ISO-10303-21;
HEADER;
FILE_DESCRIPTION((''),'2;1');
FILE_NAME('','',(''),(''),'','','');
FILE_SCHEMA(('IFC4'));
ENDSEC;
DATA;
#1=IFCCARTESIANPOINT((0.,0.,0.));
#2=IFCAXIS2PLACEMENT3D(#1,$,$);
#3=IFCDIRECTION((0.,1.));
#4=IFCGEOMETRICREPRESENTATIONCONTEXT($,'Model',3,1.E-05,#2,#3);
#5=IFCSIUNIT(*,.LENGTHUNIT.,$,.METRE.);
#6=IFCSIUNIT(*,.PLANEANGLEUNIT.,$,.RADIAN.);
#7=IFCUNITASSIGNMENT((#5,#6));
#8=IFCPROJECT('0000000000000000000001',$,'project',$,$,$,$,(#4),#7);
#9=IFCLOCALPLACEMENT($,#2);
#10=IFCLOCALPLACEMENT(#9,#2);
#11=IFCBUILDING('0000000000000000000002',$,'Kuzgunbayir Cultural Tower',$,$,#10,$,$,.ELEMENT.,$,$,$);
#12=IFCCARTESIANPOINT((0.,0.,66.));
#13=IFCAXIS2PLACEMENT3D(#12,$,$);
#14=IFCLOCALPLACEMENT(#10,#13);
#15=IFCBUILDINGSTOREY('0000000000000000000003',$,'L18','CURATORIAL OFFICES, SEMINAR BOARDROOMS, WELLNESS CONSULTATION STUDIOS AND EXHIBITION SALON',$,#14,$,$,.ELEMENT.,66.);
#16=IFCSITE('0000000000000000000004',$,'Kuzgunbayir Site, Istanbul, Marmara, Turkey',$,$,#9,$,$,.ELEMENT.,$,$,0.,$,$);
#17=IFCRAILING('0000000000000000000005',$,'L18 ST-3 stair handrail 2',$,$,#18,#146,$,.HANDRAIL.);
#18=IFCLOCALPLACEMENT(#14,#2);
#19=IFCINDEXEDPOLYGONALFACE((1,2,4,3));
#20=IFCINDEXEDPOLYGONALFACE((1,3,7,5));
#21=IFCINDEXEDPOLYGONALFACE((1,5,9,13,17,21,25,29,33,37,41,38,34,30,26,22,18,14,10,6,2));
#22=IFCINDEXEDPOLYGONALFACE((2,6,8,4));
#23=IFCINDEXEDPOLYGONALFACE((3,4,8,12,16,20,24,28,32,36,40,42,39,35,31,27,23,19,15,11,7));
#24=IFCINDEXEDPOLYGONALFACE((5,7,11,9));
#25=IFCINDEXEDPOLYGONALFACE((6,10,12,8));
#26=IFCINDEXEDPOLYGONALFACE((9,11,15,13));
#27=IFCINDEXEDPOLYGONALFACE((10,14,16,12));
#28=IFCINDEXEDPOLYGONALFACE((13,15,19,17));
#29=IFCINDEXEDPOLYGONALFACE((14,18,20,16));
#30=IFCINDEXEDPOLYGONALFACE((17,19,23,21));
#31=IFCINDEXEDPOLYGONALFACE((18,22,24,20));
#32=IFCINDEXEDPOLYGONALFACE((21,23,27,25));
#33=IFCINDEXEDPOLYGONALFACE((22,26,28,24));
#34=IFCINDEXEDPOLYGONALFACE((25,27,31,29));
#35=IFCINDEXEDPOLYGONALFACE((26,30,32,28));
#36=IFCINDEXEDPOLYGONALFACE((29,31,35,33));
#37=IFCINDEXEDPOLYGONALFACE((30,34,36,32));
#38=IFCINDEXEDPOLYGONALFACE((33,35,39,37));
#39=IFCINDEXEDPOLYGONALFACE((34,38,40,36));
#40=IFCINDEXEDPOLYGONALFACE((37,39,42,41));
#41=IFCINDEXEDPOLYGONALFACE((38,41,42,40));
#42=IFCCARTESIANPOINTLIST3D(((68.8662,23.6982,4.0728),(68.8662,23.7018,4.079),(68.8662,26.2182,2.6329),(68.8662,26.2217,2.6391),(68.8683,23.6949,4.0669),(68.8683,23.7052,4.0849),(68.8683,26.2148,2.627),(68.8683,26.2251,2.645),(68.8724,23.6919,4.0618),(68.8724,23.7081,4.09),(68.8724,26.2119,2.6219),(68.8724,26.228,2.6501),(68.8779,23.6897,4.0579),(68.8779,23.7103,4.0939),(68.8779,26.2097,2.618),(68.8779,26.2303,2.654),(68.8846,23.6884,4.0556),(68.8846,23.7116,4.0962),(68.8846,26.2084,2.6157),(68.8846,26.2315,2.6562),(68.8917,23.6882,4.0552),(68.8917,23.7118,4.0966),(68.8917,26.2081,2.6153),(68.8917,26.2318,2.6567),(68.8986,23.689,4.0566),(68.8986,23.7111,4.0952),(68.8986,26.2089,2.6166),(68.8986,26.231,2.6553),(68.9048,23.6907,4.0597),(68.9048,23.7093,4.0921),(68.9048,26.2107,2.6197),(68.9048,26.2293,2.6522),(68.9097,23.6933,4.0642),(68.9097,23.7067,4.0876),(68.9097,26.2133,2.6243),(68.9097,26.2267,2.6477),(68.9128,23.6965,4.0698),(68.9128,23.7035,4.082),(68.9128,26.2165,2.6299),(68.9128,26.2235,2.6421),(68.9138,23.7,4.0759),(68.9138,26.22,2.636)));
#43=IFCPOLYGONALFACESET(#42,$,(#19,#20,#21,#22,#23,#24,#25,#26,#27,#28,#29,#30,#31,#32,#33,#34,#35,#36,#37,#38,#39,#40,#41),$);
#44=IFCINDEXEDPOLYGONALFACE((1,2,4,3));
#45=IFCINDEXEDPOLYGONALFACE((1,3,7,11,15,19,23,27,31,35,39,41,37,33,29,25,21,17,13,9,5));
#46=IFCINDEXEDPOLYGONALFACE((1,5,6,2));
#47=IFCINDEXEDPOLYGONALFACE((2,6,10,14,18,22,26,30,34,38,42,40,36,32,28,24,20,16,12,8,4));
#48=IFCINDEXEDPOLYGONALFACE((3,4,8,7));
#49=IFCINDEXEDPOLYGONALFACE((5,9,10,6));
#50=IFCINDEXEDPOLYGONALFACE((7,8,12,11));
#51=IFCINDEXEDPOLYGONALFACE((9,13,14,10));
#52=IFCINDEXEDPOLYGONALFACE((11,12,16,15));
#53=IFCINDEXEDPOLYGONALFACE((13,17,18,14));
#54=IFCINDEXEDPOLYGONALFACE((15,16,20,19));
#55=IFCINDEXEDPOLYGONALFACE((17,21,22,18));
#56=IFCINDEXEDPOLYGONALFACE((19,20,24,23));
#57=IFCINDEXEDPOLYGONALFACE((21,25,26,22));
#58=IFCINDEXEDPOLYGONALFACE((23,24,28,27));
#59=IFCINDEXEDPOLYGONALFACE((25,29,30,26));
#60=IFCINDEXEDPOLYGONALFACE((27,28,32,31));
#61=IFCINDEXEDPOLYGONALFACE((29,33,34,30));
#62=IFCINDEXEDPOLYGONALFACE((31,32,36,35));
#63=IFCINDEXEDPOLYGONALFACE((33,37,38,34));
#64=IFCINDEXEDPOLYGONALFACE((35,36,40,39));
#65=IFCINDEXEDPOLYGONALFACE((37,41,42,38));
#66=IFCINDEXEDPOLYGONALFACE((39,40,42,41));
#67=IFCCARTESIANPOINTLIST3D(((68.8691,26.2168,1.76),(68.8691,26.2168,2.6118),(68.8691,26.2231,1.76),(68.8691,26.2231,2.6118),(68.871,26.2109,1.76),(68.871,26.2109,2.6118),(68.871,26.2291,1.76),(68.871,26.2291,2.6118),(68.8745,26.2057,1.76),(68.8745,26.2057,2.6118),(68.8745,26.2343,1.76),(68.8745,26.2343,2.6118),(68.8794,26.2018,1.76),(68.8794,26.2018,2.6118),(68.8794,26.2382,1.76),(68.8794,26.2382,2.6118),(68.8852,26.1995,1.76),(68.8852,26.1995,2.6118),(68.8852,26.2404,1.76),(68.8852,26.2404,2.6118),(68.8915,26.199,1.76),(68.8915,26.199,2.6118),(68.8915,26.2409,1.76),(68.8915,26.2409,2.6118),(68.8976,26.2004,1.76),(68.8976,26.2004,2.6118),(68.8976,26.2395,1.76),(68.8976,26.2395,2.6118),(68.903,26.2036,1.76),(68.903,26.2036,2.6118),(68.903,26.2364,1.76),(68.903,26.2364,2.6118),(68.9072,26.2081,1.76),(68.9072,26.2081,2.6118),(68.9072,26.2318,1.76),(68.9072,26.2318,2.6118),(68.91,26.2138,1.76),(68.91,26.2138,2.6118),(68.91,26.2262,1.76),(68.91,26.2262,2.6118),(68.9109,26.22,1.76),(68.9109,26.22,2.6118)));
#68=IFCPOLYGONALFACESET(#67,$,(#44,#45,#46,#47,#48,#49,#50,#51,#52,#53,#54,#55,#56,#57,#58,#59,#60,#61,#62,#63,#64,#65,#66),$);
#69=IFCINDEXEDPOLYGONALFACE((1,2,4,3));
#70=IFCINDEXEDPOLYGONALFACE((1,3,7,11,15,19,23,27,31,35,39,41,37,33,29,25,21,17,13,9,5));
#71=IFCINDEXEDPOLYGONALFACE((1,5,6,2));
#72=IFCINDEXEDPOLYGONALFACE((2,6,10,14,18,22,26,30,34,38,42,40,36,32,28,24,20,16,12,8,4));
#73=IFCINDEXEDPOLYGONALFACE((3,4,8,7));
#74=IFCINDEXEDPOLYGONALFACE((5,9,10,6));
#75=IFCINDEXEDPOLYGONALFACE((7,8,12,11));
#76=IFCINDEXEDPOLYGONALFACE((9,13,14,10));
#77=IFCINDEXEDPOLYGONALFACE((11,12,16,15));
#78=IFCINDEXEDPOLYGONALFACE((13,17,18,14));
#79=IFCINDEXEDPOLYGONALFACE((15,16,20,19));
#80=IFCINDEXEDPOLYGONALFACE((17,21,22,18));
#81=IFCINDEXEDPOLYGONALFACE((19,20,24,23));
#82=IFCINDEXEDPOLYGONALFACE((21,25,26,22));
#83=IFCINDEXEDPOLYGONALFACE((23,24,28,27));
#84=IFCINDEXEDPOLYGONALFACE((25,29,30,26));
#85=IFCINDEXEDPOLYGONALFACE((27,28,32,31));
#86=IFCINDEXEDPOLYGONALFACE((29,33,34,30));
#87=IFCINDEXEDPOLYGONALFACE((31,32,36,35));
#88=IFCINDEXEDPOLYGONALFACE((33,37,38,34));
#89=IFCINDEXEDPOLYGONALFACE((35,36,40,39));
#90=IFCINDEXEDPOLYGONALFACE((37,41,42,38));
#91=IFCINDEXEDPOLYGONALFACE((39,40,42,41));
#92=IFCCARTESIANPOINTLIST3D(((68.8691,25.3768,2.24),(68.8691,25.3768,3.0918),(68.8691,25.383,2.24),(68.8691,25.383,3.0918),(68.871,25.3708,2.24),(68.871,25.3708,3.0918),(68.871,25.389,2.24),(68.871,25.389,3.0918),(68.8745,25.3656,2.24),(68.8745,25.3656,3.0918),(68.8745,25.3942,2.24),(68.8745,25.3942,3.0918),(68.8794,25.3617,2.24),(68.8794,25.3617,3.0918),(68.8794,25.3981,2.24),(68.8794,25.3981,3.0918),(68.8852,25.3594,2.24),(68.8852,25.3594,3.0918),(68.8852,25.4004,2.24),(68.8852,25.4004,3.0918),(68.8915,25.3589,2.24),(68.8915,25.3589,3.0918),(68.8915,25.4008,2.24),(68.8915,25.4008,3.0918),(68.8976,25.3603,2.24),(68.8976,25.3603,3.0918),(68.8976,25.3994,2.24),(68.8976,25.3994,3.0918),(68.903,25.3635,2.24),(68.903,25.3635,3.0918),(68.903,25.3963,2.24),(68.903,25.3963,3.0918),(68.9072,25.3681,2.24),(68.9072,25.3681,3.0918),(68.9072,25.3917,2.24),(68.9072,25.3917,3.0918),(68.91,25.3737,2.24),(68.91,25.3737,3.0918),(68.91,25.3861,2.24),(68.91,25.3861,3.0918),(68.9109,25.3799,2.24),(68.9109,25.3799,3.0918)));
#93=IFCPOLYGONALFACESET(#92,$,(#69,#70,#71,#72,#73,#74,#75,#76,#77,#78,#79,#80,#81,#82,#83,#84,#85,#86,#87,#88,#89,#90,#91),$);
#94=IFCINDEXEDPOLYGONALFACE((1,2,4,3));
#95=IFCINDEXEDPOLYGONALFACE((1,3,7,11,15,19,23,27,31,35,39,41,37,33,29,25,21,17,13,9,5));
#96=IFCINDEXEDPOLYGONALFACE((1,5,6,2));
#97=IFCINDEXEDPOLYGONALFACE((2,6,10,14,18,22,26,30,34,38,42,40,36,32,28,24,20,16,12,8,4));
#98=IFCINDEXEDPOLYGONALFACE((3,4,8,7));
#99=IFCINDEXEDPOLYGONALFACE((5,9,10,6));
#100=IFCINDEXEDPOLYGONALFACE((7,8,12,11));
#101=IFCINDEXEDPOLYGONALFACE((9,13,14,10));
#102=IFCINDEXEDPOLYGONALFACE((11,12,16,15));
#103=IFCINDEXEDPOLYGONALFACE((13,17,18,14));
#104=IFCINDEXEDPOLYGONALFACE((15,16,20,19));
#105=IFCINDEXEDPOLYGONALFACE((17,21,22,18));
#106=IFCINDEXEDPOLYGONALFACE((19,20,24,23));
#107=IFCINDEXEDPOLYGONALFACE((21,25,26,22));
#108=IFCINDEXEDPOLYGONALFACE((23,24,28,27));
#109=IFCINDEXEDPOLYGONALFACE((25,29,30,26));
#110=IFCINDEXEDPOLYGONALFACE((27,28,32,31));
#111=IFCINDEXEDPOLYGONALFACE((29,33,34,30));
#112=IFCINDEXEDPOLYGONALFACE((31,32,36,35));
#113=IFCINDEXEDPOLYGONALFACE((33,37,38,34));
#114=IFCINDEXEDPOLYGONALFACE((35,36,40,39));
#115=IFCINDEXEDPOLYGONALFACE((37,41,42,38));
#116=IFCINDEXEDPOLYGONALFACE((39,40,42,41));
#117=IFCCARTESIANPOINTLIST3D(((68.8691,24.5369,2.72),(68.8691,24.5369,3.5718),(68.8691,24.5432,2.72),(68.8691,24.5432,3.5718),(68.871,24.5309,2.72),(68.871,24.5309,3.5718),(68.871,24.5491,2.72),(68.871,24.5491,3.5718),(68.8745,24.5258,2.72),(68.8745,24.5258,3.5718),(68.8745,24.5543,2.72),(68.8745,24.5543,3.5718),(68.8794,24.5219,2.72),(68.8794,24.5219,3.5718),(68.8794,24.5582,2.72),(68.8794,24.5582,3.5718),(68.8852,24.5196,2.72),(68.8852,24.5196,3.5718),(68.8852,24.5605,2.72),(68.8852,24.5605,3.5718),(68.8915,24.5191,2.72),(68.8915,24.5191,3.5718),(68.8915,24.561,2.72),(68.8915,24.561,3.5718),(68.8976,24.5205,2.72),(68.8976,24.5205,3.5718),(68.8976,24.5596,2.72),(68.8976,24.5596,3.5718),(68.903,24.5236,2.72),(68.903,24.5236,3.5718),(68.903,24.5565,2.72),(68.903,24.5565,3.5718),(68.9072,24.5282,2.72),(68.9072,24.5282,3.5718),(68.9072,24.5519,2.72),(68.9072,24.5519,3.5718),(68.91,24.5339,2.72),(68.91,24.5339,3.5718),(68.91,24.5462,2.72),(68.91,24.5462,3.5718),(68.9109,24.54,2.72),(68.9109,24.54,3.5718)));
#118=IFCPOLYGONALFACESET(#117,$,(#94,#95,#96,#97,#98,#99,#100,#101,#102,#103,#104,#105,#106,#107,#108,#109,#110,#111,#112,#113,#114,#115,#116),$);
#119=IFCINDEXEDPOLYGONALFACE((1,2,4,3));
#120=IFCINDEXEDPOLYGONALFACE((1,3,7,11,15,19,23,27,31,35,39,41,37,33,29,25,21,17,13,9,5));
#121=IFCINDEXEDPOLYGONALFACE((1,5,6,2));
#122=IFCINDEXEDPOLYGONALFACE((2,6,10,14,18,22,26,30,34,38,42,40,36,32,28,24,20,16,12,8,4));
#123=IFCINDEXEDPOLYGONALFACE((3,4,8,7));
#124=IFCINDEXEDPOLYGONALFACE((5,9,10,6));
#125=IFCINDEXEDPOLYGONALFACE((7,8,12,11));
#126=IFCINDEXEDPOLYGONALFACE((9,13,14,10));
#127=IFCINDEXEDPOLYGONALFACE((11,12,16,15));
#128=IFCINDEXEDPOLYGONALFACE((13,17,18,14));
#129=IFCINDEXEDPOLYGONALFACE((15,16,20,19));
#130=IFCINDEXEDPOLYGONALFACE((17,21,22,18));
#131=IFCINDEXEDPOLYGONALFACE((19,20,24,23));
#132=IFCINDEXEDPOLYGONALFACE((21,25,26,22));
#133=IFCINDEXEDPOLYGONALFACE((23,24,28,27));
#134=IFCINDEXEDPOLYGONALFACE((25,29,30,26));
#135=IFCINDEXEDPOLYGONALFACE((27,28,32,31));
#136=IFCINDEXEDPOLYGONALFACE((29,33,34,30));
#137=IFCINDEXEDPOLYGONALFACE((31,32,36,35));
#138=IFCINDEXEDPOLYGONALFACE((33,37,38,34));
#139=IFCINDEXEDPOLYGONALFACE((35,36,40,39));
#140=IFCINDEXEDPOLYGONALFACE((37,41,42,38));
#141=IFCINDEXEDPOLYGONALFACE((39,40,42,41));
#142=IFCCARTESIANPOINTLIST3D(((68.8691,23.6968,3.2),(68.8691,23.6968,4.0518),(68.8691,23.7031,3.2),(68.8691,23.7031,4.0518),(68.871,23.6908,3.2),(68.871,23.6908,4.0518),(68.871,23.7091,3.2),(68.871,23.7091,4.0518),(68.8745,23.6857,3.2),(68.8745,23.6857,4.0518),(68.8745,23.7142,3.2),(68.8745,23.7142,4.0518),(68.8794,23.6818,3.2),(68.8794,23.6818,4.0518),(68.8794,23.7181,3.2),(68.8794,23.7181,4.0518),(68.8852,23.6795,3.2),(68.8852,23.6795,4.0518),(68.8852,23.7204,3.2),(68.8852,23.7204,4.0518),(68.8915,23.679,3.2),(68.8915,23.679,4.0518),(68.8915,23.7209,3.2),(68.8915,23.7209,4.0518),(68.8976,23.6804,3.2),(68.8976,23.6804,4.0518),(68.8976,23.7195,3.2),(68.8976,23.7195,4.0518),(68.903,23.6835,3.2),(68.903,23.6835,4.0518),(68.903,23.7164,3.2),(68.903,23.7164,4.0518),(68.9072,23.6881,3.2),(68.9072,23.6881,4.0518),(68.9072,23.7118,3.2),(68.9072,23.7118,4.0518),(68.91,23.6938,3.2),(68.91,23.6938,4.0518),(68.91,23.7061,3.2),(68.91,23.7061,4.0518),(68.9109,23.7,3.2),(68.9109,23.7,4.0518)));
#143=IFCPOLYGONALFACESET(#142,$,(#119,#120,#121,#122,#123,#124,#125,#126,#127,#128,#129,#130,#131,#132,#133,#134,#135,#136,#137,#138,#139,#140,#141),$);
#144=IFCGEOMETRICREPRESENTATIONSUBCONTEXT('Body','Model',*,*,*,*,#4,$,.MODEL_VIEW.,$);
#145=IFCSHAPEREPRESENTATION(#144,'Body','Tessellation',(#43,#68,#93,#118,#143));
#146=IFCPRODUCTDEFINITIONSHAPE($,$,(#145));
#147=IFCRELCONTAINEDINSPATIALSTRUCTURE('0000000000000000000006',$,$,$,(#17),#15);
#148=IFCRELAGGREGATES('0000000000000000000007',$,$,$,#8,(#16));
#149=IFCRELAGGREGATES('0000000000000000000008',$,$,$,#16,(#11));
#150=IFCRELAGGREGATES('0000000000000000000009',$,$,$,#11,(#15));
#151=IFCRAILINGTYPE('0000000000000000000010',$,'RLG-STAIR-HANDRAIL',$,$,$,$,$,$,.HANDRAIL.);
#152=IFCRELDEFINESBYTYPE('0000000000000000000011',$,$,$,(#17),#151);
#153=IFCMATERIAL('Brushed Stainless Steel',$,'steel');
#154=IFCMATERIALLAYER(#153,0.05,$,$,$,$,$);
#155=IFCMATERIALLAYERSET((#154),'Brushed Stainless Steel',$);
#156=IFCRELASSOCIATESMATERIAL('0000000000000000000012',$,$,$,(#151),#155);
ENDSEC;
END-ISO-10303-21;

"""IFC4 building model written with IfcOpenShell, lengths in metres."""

from ifc_helpers import new_model, si_unit, direction, frame, origin, origin_2d, place, context, subcontext, project, spatial, circle, extrude, material, layer, layer_set, type_object, element, save


model = new_model("IFC4")

# Units and contexts
model_context = context("Model", 3, precision=1e-05, world=origin(), true_north=direction((0.0, 1.0)))
body_context = subcontext(model_context, "Body", "Model", "MODEL_VIEW")
ifc_project = project(units=[si_unit("LENGTHUNIT", "METRE"), si_unit("PLANEANGLEUNIT", "RADIAN")], contexts=[model_context])

# Site, building, storey
site_placement = place(None, origin())
site = spatial("IfcSite", under=ifc_project, at=site_placement, Name="Kuzgunbayir Site, Istanbul, Marmara, Turkey", CompositionType="ELEMENT", RefElevation=0.0)
building_placement = place(site_placement, origin())
building = spatial("IfcBuilding", under=site, at=building_placement, Name="Kuzgunbayir Cultural Tower", CompositionType="ELEMENT")
storey_placement = place(building_placement, frame((0.0, 0.0, 66.0)))
storey = spatial("IfcBuildingStorey", under=building, at=storey_placement, Name="L18", Description="CURATORIAL OFFICES, SEMINAR BOARDROOMS, WELLNESS CONSULTATION STUDIOS AND EXHIBITION SALON", CompositionType="ELEMENT", Elevation=66.0)

# Railing
ifc_material_1 = material(Name="Brushed Stainless Steel", Category="steel")
ifc_layer_1 = layer(ifc_material_1, 0.05)
ifc_layer_set_1 = layer_set([ifc_layer_1], Name="Brushed Stainless Steel")
railing_type_1 = type_object("IfcRailingType", Name="RLG-STAIR-HANDRAIL", PredefinedType="HANDRAIL", material=ifc_layer_set_1)
railing_1_placement = place(storey_placement, frame((68.8899, 26.22, 1.76)))
element("IfcRailing", 1, at=railing_1_placement, inside=storey, type_object=railing_type_1, Name="L18 ST-3 stair handrail 2", PredefinedType="HANDRAIL", context=body_context, shape_type="SweptSolid", body=[
    extrude(circle(Radius=0.0239, at=origin_2d()), frame((0.0, 0.0, 0.876), z_axis=(0.0, -0.868253, 0.496121), x_axis=(1.0, 0.0, 0.0)), (0.0, 0.0, 1.0), 2.9023),
    extrude(circle(Radius=0.021, at=origin_2d()), origin(), (0.0, 0.0, 1.0), 0.8518),
    extrude(circle(Radius=0.021, at=origin_2d()), frame((0.0, -0.8401, 0.48)), (0.0, 0.0, 1.0), 0.8518),
    extrude(circle(Radius=0.021, at=origin_2d()), frame((0.0, -1.6799, 0.96)), (0.0, 0.0, 1.0), 0.8518),
    extrude(circle(Radius=0.021, at=origin_2d()), frame((0.0, -2.52, 1.4399)), (0.0, 0.0, 1.0), 0.8518),
])

save(model, "model.ifc")
